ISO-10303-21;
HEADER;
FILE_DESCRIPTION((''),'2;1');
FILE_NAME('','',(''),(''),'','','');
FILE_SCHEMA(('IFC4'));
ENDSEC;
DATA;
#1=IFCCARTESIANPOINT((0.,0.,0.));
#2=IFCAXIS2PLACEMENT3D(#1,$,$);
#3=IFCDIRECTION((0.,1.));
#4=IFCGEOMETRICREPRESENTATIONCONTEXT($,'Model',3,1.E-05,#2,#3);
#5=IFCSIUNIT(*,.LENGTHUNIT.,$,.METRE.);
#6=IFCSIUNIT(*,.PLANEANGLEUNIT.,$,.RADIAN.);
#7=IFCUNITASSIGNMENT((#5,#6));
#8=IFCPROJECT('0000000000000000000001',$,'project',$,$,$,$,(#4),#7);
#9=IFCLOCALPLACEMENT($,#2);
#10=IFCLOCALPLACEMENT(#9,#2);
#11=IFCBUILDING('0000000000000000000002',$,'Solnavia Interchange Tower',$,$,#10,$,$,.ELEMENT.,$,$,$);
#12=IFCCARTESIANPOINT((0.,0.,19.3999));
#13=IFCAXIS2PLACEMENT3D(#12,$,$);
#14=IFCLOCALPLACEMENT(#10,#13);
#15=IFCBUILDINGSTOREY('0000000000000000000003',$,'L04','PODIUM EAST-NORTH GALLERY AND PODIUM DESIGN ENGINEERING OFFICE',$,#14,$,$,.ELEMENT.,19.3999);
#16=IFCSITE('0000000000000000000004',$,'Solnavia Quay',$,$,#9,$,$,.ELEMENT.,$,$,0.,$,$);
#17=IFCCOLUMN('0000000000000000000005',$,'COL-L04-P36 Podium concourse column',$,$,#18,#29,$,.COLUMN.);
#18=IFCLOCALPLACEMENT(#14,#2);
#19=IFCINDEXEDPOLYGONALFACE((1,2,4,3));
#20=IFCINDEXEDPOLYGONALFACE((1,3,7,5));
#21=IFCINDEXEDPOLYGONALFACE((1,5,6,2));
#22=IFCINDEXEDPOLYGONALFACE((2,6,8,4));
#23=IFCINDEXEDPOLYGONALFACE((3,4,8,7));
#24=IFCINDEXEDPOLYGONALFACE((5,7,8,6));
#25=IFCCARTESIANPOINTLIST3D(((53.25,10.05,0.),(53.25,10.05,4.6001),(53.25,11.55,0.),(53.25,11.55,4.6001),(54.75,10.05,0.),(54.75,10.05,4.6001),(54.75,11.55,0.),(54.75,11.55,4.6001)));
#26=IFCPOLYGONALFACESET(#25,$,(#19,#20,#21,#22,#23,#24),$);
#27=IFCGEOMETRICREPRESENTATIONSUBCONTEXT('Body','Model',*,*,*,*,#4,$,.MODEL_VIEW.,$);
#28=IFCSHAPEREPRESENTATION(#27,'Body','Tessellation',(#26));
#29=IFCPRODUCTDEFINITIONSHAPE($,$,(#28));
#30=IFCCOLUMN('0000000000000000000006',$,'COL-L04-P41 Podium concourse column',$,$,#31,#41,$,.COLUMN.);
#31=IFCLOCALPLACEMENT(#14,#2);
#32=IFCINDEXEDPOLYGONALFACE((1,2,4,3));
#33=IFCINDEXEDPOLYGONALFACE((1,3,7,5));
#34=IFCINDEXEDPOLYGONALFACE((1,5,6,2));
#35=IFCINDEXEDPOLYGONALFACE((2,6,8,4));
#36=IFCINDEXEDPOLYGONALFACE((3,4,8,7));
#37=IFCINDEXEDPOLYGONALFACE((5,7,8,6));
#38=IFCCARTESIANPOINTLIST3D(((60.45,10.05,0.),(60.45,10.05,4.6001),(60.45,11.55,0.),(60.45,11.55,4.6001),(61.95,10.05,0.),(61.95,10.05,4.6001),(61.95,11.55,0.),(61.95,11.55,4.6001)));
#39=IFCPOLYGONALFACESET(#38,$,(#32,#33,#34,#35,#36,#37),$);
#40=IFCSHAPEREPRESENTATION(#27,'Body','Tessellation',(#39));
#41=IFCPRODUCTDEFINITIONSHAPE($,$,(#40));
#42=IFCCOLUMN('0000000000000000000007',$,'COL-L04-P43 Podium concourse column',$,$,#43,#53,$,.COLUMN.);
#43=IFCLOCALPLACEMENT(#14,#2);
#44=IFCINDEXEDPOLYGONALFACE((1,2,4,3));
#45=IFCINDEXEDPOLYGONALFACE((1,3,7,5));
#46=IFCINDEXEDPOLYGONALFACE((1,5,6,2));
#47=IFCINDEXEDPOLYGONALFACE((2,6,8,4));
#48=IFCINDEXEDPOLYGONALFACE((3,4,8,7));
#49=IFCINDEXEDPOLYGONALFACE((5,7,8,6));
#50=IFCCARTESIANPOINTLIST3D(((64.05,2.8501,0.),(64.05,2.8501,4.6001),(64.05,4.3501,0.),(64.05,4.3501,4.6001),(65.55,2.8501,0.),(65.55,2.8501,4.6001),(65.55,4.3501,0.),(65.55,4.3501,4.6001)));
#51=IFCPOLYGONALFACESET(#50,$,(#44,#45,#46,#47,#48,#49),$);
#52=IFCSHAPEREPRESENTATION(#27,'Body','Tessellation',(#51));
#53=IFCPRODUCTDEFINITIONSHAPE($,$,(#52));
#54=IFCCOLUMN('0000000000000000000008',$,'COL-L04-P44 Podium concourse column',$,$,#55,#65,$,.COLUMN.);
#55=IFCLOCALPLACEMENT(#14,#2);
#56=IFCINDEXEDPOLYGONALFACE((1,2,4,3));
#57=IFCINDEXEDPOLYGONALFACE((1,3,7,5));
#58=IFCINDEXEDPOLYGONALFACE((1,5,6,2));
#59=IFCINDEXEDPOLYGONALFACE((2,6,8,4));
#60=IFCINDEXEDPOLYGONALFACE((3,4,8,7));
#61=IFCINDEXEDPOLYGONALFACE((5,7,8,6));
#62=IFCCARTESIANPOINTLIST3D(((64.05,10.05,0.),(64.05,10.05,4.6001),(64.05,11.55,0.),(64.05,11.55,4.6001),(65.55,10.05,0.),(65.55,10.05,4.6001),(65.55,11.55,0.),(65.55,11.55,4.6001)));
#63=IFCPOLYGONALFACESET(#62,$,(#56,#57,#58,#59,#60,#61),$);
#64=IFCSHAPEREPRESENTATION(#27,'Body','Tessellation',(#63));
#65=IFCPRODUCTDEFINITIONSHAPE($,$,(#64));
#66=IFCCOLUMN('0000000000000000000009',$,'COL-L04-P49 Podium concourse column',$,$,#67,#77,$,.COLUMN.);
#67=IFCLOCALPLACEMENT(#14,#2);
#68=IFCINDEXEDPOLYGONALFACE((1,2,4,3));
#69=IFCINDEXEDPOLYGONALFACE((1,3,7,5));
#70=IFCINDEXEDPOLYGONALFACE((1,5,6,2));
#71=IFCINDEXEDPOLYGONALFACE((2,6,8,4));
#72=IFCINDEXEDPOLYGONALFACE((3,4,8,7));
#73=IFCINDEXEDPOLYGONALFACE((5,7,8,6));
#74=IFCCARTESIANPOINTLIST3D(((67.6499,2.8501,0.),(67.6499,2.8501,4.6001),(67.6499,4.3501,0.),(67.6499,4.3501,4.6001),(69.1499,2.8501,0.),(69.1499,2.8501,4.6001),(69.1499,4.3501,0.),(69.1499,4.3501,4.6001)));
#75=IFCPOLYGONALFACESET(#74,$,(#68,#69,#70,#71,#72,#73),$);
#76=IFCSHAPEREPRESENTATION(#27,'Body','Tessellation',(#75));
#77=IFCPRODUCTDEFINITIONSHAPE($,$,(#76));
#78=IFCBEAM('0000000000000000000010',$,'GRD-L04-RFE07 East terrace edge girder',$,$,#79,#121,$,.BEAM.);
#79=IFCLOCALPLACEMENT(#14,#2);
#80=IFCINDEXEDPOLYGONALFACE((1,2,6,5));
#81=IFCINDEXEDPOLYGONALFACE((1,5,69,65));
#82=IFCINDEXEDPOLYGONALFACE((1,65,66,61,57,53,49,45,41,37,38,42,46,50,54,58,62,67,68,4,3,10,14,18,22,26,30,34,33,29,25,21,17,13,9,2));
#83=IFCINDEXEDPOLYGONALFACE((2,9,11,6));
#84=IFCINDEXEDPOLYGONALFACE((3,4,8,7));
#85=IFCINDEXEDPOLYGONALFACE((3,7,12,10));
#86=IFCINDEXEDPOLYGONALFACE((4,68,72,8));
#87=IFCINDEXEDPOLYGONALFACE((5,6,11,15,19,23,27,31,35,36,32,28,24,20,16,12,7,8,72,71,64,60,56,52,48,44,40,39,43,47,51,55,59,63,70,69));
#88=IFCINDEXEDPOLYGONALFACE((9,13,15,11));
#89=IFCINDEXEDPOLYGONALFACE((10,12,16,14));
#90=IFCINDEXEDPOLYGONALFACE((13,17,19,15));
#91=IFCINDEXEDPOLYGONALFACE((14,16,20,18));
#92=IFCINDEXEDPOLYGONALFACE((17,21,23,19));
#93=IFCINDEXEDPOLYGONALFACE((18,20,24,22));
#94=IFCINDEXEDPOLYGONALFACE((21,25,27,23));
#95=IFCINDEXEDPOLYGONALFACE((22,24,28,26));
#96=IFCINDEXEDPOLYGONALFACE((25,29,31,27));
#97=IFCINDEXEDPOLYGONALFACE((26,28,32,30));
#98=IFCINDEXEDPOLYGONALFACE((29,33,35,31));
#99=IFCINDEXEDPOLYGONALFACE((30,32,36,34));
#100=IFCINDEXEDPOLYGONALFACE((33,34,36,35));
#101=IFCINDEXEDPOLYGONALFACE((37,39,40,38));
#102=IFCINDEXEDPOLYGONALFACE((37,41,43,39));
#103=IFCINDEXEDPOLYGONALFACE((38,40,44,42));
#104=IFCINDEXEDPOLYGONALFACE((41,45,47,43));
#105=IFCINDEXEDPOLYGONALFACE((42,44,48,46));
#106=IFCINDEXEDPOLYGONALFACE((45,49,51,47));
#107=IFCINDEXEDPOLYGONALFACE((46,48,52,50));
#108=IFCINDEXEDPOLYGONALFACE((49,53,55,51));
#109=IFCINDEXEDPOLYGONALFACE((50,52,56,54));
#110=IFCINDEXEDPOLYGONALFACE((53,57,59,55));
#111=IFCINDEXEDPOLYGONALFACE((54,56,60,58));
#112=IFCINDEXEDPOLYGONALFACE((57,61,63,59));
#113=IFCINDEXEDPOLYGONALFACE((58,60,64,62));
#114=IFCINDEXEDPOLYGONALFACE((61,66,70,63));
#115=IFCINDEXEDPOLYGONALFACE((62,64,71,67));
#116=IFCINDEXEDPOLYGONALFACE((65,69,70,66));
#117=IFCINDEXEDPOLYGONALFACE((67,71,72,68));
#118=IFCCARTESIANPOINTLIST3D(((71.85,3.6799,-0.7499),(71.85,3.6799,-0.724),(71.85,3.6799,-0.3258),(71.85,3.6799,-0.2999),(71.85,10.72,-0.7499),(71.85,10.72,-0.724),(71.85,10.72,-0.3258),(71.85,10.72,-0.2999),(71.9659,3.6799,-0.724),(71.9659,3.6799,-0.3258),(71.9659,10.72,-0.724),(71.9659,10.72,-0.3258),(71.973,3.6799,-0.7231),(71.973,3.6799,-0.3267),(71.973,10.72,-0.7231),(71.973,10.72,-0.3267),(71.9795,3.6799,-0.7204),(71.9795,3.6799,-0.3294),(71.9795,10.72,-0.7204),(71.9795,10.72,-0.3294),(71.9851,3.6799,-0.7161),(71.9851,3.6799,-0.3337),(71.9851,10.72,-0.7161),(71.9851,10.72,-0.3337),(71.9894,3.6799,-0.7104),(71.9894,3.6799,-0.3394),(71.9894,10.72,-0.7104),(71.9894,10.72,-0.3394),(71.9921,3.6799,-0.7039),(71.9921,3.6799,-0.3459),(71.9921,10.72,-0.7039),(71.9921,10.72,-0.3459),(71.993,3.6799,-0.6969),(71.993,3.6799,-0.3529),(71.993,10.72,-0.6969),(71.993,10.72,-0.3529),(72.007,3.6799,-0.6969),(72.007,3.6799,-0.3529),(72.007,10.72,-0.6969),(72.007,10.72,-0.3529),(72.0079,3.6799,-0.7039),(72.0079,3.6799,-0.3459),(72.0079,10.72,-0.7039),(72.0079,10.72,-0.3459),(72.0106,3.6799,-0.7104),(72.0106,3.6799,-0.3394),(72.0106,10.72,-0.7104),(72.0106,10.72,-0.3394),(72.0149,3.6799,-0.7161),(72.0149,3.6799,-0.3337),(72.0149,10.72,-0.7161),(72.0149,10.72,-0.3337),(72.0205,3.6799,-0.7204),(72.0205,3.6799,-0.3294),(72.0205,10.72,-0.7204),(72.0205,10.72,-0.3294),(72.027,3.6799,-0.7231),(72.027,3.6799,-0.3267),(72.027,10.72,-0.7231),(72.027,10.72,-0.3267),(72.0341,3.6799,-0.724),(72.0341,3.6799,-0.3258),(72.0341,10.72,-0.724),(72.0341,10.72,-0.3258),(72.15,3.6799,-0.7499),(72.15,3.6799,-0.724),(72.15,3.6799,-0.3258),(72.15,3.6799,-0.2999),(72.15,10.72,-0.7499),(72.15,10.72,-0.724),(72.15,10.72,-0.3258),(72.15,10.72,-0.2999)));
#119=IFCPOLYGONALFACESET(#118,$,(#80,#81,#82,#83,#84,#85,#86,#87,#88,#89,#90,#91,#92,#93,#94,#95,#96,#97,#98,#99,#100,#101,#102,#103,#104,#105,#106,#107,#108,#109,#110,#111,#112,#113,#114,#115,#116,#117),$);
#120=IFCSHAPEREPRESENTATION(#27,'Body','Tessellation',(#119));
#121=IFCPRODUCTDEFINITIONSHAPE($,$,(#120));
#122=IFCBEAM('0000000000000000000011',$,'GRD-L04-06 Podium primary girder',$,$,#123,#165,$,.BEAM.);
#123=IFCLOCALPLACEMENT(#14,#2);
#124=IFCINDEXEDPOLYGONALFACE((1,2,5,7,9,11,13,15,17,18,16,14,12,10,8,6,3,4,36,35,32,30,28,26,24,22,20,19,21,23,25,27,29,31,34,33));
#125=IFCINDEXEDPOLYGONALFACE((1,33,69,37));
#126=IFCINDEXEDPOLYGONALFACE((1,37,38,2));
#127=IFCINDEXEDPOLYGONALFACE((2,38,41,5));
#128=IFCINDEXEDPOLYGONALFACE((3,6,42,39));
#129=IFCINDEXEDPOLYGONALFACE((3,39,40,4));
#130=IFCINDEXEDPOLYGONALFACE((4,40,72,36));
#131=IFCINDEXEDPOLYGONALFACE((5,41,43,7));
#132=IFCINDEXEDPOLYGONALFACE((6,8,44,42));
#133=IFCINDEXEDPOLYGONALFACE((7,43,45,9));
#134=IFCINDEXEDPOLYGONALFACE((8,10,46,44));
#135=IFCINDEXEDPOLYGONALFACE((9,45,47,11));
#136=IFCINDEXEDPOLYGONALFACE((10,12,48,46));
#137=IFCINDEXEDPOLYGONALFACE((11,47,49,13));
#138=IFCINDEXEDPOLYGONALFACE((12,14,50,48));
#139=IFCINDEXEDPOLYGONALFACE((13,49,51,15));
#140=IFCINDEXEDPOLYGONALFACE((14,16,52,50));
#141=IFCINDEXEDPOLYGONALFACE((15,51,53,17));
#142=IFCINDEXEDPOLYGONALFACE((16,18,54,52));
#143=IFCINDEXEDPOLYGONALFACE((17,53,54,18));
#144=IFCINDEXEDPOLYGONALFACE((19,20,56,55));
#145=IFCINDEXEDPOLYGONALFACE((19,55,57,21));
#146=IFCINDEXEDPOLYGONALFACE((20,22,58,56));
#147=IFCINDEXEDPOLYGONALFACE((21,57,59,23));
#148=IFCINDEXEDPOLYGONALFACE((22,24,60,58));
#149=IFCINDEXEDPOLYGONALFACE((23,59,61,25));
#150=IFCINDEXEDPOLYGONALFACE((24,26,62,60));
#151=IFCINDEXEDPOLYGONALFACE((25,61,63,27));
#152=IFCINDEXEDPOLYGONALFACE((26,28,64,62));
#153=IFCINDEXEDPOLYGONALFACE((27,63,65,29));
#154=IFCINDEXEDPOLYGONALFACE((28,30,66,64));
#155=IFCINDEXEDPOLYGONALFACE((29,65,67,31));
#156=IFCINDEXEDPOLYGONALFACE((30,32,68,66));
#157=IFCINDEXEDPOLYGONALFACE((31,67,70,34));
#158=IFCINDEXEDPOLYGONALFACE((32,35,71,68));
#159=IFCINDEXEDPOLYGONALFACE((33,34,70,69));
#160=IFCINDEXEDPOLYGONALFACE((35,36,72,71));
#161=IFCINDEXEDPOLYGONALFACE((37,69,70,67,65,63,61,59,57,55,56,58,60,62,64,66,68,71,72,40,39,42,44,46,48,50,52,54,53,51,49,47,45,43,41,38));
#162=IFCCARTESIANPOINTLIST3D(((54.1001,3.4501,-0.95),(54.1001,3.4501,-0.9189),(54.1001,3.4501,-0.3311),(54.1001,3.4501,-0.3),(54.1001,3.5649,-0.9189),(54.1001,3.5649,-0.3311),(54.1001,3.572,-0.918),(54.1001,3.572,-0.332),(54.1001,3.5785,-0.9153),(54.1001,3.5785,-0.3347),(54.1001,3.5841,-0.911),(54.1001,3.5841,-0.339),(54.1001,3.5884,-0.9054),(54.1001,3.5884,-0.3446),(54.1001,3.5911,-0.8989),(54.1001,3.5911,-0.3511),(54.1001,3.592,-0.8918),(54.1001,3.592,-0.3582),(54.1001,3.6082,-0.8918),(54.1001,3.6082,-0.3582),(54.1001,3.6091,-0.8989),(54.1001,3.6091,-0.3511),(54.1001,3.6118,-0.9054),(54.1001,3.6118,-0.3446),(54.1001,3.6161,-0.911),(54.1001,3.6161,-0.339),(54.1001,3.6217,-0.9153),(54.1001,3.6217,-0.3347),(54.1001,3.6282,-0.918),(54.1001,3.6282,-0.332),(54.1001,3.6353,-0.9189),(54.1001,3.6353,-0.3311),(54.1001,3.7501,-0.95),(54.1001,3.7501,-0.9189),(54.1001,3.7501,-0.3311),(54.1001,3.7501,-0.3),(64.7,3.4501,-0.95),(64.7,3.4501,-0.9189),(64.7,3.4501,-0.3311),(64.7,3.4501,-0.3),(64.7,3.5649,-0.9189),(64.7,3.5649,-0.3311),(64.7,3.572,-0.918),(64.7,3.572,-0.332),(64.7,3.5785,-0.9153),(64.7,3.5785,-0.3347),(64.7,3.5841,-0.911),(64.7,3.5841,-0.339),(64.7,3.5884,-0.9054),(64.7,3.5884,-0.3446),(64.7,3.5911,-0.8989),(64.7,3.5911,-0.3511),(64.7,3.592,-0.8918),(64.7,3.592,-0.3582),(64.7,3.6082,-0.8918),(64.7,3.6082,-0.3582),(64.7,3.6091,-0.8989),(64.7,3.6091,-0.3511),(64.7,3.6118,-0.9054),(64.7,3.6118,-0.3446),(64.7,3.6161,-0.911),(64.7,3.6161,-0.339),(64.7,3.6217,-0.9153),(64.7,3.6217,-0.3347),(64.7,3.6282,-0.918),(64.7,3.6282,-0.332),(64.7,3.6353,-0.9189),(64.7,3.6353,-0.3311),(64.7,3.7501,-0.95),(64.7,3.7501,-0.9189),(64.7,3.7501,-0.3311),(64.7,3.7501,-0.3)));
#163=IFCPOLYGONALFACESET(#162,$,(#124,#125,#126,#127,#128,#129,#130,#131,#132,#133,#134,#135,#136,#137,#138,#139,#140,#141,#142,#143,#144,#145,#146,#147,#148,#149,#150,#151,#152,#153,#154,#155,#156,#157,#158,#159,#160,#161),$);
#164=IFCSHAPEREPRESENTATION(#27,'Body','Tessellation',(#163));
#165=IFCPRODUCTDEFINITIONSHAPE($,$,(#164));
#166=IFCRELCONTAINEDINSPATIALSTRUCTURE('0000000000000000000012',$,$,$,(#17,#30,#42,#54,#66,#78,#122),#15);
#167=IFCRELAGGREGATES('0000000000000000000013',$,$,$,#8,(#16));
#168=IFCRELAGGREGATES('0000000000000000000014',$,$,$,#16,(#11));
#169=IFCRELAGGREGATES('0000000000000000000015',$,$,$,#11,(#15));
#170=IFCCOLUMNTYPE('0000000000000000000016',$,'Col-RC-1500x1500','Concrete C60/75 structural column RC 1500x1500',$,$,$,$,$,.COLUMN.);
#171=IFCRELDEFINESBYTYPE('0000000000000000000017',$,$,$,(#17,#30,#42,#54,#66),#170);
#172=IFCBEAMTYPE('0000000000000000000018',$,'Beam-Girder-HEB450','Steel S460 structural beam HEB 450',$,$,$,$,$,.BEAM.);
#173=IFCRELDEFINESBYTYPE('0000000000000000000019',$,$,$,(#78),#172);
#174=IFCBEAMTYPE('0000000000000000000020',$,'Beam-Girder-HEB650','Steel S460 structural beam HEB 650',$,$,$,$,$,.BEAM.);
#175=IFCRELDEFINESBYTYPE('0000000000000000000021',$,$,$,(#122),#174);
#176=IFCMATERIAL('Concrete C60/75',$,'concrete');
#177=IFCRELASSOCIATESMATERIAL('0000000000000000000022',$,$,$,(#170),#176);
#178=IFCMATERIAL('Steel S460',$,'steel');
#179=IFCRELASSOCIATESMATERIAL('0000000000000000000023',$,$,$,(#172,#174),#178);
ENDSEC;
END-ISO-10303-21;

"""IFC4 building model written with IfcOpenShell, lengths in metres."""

from ifc_helpers import new_model, si_unit, direction, frame, origin, origin_2d, place, context, subcontext, project, spatial, rectangle, i_section, extrude, material, material_profile, profile_set, type_object, element, save


model = new_model("IFC4")

# Units and contexts
model_context = context("Model", 3, precision=1e-05, world=origin(), true_north=direction((0.0, 1.0)))
body_context = subcontext(model_context, "Body", "Model", "MODEL_VIEW")
ifc_project = project(units=[si_unit("LENGTHUNIT", "METRE"), si_unit("PLANEANGLEUNIT", "RADIAN")], contexts=[model_context])

# Site, building, storey
site_placement = place(None, origin())
site = spatial("IfcSite", under=ifc_project, at=site_placement, Name="Solnavia Quay", CompositionType="ELEMENT", RefElevation=0.0)
building_placement = place(site_placement, origin())
building = spatial("IfcBuilding", under=site, at=building_placement, Name="Solnavia Interchange Tower", CompositionType="ELEMENT")
storey_placement = place(building_placement, frame((0.0, 0.0, 19.3999)))
storey = spatial("IfcBuildingStorey", under=building, at=storey_placement, Name="L04", Description="PODIUM EAST-NORTH GALLERY AND PODIUM DESIGN ENGINEERING OFFICE", CompositionType="ELEMENT", Elevation=19.3999)

# Columns
ifc_material_1 = material(Name="Concrete C60/75", Category="concrete")
ifc_material_profile_1 = material_profile(ifc_material_1, rectangle(XDim=1.5, YDim=1.5, at=origin_2d()), Name="RC 1500x1500")
ifc_profile_set_1 = profile_set([ifc_material_profile_1], Name="Concrete C60/75")
column_type = type_object("IfcColumnType", Name="Col-RC-1500x1500", Description="Concrete C60/75 structural column RC 1500x1500", PredefinedType="COLUMN", material=ifc_profile_set_1)
for number, where, z_axis, x_axis, name in (
    (1, (54.0, 10.8, 0.0), (0.0, 0.0, 1.0), (1.0, 0.0, 0.0), "COL-L04-P36 Podium concourse column"),
    (2, (61.2, 10.8, 0.0), (0.0, 0.0, 1.0), (1.0, 0.0, 0.0), "COL-L04-P41 Podium concourse column"),
    (3, (64.8, 3.6001, 0.0), (0.0, 0.0, 1.0), (1.0, 0.0, 0.0), "COL-L04-P43 Podium concourse column"),
    (4, (64.8, 10.8, 0.0), (0.0, 0.0, 1.0), (1.0, 0.0, 0.0), "COL-L04-P44 Podium concourse column"),
    (5, (68.3999, 3.6001, 0.0), (0.0, 0.0, 1.0), (1.0, 0.0, 0.0), "COL-L04-P49 Podium concourse column"),
):
    element("IfcColumn", number, at=place(storey_placement, frame(where, z_axis=z_axis, x_axis=x_axis)), inside=storey, type_object=column_type, Name=name, PredefinedType="COLUMN", context=body_context, shape_type="SweptSolid", body=[
        extrude(rectangle(XDim=1.5, YDim=1.5, at=origin_2d()), origin(), (0.0, 0.0, 1.0), 4.6001),
    ])

# Beams
ifc_material_2 = material(Name="Steel S460", Category="steel")
ifc_material_profile_2 = material_profile(ifc_material_2, i_section(OverallWidth=0.3, OverallDepth=0.45, WebThickness=0.0139, FlangeThickness=0.0259, FilletRadius=0.0271, at=origin_2d()), Name="HEB 450")
ifc_profile_set_2 = profile_set([ifc_material_profile_2], Name="Steel S460")
beam_type_1 = type_object("IfcBeamType", Name="Beam-Girder-HEB450", Description="Steel S460 structural beam HEB 450", PredefinedType="BEAM", material=ifc_profile_set_2)
beam_1_placement = place(storey_placement, frame((72.0, 3.6799, -0.5249), z_axis=(0.0, 1.0, 0.0), x_axis=(-1.0, 0.0, 0.0)))
element("IfcBeam", 6, at=beam_1_placement, inside=storey, type_object=beam_type_1, Name="GRD-L04-RFE07 East terrace edge girder", PredefinedType="BEAM", context=body_context, shape_type="SweptSolid", body=[
    extrude(i_section(OverallWidth=0.3, OverallDepth=0.45, WebThickness=0.0139, FlangeThickness=0.0259, FilletRadius=0.0271, at=origin_2d()), origin(), (0.0, 0.0, 1.0), 7.04),
])
ifc_material_profile_3 = material_profile(ifc_material_2, i_section(OverallWidth=0.3, OverallDepth=0.6499, WebThickness=0.0161, FlangeThickness=0.031, FilletRadius=0.0271, at=origin_2d()), Name="HEB 650")
ifc_profile_set_3 = profile_set([ifc_material_profile_3], Name="Steel S460")
beam_type_2 = type_object("IfcBeamType", Name="Beam-Girder-HEB650", Description="Steel S460 structural beam HEB 650", PredefinedType="BEAM", material=ifc_profile_set_3)
beam_2_placement = place(storey_placement, frame((54.1001, 3.6001, -0.625), z_axis=(1.0, 0.0, 0.0), x_axis=(0.0, 1.0, 0.0)))
element("IfcBeam", 7, at=beam_2_placement, inside=storey, type_object=beam_type_2, Name="GRD-L04-06 Podium primary girder", PredefinedType="BEAM", context=body_context, shape_type="SweptSolid", body=[
    extrude(i_section(OverallWidth=0.3, OverallDepth=0.6499, WebThickness=0.0161, FlangeThickness=0.031, FilletRadius=0.0271, at=origin_2d()), origin(), (0.0, 0.0, 1.0), 10.5999),
])

save(model, "model.ifc")
